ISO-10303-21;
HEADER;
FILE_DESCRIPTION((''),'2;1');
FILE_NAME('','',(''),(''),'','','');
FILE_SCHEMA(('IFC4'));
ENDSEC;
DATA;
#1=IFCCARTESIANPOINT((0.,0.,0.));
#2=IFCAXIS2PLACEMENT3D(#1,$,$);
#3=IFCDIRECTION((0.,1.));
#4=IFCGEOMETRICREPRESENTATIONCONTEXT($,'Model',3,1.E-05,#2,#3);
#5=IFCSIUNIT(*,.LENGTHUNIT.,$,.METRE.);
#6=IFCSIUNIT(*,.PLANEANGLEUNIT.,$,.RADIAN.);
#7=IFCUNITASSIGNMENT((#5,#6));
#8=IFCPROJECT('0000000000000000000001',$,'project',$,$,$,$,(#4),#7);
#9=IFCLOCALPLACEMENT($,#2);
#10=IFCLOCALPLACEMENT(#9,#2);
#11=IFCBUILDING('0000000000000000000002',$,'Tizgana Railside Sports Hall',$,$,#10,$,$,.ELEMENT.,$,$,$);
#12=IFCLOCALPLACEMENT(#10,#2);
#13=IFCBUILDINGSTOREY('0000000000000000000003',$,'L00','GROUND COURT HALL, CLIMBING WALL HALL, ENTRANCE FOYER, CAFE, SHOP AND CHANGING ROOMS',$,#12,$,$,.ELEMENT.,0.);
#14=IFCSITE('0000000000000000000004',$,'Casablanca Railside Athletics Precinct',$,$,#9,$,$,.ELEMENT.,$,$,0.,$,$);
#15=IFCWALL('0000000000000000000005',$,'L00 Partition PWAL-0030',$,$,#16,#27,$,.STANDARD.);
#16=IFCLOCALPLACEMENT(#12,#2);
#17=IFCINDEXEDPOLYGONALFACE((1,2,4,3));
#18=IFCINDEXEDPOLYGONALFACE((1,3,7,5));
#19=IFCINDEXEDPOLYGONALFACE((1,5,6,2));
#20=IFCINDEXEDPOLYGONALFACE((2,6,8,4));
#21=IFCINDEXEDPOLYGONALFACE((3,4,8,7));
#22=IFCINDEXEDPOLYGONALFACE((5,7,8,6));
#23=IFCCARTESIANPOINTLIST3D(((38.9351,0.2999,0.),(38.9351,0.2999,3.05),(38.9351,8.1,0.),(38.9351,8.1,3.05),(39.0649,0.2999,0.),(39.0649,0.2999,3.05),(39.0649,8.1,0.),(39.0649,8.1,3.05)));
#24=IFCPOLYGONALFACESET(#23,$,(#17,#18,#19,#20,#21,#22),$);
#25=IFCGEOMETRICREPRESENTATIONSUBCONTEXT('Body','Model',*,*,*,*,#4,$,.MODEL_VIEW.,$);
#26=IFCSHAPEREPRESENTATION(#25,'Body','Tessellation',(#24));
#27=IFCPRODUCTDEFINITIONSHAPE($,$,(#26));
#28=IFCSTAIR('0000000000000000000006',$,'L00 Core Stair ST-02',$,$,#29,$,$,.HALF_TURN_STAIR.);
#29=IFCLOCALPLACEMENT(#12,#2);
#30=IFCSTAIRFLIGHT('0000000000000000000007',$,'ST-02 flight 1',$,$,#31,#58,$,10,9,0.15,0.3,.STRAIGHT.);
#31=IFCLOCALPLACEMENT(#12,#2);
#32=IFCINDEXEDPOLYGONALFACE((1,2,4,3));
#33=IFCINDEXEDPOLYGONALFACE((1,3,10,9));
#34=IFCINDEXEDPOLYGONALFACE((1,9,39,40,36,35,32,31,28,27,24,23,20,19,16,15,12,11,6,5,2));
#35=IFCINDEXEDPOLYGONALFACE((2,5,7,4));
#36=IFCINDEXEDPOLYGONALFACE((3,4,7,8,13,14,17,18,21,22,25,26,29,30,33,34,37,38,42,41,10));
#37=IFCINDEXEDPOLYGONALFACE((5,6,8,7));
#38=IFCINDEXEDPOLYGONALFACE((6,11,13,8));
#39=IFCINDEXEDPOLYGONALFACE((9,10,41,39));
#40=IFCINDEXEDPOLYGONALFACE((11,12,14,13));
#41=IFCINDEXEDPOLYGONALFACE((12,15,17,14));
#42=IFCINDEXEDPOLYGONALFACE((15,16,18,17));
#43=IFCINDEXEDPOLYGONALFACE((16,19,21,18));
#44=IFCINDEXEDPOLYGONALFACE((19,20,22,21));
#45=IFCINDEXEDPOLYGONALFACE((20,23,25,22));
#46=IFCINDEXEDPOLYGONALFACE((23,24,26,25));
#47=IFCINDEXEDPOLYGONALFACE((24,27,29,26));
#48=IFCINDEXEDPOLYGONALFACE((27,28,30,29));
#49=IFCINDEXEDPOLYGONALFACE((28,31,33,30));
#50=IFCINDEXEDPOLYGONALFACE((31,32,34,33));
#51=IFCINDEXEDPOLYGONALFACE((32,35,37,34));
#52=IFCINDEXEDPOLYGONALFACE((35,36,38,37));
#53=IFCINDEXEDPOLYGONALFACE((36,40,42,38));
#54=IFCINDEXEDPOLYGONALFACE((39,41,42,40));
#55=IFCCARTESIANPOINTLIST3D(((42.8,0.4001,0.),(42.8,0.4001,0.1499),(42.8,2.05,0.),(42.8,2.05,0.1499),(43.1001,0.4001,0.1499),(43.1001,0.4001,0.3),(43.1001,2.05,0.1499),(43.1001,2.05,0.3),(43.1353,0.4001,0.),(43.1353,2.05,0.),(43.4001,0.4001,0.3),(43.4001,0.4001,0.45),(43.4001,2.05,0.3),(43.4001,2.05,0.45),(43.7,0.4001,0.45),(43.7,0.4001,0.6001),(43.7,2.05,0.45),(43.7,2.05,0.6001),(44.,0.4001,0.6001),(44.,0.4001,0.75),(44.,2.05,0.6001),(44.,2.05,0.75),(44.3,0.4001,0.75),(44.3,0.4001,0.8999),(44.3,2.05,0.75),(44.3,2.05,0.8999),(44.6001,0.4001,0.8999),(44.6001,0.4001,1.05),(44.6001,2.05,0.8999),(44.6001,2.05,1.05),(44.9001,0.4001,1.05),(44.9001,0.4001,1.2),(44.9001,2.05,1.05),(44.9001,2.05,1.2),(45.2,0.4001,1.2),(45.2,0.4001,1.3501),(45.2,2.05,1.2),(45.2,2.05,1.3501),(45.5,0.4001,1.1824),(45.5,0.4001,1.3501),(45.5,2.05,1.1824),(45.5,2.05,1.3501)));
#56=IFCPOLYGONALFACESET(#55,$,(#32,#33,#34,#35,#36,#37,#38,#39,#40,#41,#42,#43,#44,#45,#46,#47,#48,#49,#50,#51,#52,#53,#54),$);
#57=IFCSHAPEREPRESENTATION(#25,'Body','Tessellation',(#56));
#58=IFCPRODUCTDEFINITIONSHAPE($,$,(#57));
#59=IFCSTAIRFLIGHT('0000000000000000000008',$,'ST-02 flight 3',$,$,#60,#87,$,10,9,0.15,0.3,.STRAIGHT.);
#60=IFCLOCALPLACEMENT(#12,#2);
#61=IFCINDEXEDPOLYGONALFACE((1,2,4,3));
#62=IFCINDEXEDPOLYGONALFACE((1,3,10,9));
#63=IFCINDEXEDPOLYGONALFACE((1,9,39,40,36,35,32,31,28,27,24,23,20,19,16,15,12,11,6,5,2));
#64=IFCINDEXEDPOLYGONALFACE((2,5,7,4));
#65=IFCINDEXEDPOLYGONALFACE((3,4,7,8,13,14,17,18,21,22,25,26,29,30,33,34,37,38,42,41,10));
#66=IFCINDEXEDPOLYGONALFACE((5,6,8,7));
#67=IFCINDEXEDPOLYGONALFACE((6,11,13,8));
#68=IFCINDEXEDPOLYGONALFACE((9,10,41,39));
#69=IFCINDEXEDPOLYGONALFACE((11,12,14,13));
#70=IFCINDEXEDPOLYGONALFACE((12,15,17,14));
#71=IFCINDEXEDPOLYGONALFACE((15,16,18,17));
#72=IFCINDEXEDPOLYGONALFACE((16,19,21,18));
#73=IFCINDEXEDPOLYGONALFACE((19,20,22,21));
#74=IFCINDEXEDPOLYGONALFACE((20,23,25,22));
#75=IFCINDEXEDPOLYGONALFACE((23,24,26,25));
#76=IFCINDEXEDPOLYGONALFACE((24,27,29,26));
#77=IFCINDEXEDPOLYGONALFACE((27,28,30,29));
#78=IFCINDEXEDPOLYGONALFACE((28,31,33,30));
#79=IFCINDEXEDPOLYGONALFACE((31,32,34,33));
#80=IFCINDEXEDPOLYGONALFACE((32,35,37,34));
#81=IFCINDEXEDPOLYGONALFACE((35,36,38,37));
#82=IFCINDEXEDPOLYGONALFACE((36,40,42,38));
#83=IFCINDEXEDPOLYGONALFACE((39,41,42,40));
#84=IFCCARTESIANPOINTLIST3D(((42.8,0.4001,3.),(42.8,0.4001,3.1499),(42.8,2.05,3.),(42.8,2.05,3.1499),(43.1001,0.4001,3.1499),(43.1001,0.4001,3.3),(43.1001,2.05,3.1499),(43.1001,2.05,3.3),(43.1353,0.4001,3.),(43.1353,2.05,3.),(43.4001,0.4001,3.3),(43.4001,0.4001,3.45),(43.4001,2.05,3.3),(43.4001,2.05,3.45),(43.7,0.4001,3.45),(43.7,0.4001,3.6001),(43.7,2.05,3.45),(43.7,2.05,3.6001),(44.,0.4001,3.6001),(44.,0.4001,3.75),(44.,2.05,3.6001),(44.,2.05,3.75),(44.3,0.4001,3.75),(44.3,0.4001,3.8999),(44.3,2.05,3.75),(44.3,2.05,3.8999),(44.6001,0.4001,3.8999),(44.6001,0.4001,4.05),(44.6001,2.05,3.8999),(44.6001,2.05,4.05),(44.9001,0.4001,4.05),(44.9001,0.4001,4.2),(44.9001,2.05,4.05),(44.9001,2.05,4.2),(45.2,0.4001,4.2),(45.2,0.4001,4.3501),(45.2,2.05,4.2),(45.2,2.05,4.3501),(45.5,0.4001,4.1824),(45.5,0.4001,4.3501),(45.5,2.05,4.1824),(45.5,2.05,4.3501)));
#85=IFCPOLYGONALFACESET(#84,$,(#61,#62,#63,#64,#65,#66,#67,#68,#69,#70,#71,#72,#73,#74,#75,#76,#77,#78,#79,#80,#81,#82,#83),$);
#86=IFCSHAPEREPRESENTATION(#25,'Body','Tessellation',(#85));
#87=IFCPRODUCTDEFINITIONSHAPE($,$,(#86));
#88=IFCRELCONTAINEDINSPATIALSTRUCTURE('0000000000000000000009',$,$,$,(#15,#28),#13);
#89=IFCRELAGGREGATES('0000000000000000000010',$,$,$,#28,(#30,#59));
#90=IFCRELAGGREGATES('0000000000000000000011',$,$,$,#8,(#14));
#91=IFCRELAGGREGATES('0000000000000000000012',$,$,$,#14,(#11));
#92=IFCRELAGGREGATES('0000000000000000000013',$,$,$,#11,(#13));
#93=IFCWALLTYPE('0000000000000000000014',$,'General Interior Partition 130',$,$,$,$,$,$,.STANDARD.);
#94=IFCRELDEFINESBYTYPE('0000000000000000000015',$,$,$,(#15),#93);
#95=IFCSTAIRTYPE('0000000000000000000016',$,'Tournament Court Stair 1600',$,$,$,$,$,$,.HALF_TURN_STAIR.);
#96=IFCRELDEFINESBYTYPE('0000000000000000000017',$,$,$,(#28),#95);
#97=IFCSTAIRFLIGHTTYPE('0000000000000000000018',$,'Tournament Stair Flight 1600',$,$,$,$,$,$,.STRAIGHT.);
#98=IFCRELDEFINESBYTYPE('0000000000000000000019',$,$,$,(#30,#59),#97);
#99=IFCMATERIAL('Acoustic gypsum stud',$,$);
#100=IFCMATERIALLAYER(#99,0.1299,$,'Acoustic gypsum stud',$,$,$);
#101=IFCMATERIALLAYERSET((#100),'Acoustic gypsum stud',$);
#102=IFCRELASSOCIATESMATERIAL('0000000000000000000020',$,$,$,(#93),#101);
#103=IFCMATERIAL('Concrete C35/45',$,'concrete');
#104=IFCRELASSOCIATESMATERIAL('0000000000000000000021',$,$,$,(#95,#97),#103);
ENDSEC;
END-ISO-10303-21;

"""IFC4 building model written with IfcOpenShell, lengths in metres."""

from ifc_helpers import new_model, si_unit, direction, frame, frame_2d, origin, place, context, subcontext, project, spatial, polyline, rectangle, outline, extrude, material, layer, layer_set, type_object, element, aggregate, save


model = new_model("IFC4")

# Units and contexts
model_context = context("Model", 3, precision=1e-05, world=origin(), true_north=direction((0.0, 1.0)))
body_context = subcontext(model_context, "Body", "Model", "MODEL_VIEW")
ifc_project = project(units=[si_unit("LENGTHUNIT", "METRE"), si_unit("PLANEANGLEUNIT", "RADIAN")], contexts=[model_context])

# Site, building, storey
site_placement = place(None, origin())
site = spatial("IfcSite", under=ifc_project, at=site_placement, Name="Casablanca Railside Athletics Precinct", CompositionType="ELEMENT", RefElevation=0.0)
building_placement = place(site_placement, origin())
building = spatial("IfcBuilding", under=site, at=building_placement, Name="Tizgana Railside Sports Hall", CompositionType="ELEMENT")
storey_placement = place(building_placement, origin())
storey = spatial("IfcBuildingStorey", under=building, at=storey_placement, Name="L00", Description="GROUND COURT HALL, CLIMBING WALL HALL, ENTRANCE FOYER, CAFE, SHOP AND CHANGING ROOMS", CompositionType="ELEMENT", Elevation=0.0)

# Shared definitions
ifc_material_1 = material(Name="Concrete C35/45", Category="concrete")

# Wall
ifc_material_2 = material(Name="Acoustic gypsum stud")
ifc_layer_1 = layer(ifc_material_2, 0.1299, Name="Acoustic gypsum stud")
ifc_layer_set_1 = layer_set([ifc_layer_1], Name="Acoustic gypsum stud")
wall_type_1 = type_object("IfcWallType", Name="General Interior Partition 130", PredefinedType="STANDARD", material=ifc_layer_set_1)
wall_1_placement = place(storey_placement, frame((39.0, 0.3, 0.0), z_axis=(0.0, 0.0, 1.0), x_axis=(0.0, 1.0, 0.0)))
element("IfcWall", 1, at=wall_1_placement, inside=storey, type_object=wall_type_1, Name="L00 Partition PWAL-0030", PredefinedType="STANDARD", context=body_context, shape_type="SweptSolid", body=[
    extrude(rectangle(XDim=7.8, YDim=0.1299, at=frame_2d((3.8999, 0.0))), origin(), (0.0, 0.0, 1.0), 3.05),
])

# Stair, stair flights
stair_type = type_object("IfcStairType", Name="Tournament Court Stair 1600", PredefinedType="HALF_TURN_STAIR", material=ifc_material_1)
stair_placement = place(storey_placement, origin())
stair = element("IfcStair", 2, at=stair_placement, inside=storey, type_object=stair_type, Name="L00 Core Stair ST-02", PredefinedType="HALF_TURN_STAIR")
stair_flight_type = type_object("IfcStairFlightType", Name="Tournament Stair Flight 1600", PredefinedType="STRAIGHT", material=ifc_material_1)
stair_flight_1_placement = place(storey_placement, frame((42.8, 1.2251, 0.0), z_axis=(0.0, 0.0, 1.0), x_axis=(1.0, 0.0, 0.0)))
stair_flight_1 = element("IfcStairFlight", 3, at=stair_flight_1_placement, type_object=stair_flight_type, Name="ST-02 flight 1", NumberOfRisers=10, NumberOfTreads=9, PredefinedType="STRAIGHT", RiserHeight=0.15, TreadLength=0.3, context=body_context, shape_type="SweptSolid", body=[
    extrude(outline(polyline([(0.0, 0.0), (0.0, 0.1499), (0.3, 0.1499), (0.3, 0.3), (0.6001, 0.3), (0.6001, 0.45), (0.8999, 0.45), (0.8999, 0.6001), (1.2, 0.6001), (1.2, 0.75), (1.5, 0.75), (1.5, 0.8999), (1.8, 0.8999), (1.8, 1.05), (2.1001, 1.05), (2.1001, 1.2), (2.3999, 1.2), (2.3999, 1.3501), (2.7, 1.3501), (2.7, 1.5), (2.7, 1.1824), (0.3352, 0.0), (0.0, 0.0)])), frame((0.0, 0.825, 0.0), z_axis=(0.0, -1.0, 0.0), x_axis=(1.0, 0.0, 0.0)), (0.0, 0.0, 1.0), 1.6499),
])
stair_flight_2_placement = place(storey_placement, frame((42.8, 1.2251, 3.0), z_axis=(0.0, 0.0, 1.0), x_axis=(1.0, 0.0, 0.0)))
stair_flight_2 = element("IfcStairFlight", 4, at=stair_flight_2_placement, type_object=stair_flight_type, Name="ST-02 flight 3", NumberOfRisers=10, NumberOfTreads=9, PredefinedType="STRAIGHT", RiserHeight=0.15, TreadLength=0.3, context=body_context, shape_type="SweptSolid", body=[
    extrude(outline(polyline([(0.0, 0.0), (0.0, 0.1499), (0.3, 0.1499), (0.3, 0.3), (0.6001, 0.3), (0.6001, 0.45), (0.8999, 0.45), (0.8999, 0.6001), (1.2, 0.6001), (1.2, 0.75), (1.5, 0.75), (1.5, 0.8999), (1.8, 0.8999), (1.8, 1.05), (2.1001, 1.05), (2.1001, 1.2), (2.3999, 1.2), (2.3999, 1.3501), (2.7, 1.3501), (2.7, 1.5), (2.7, 1.1824), (0.3352, 0.0), (0.0, 0.0)])), frame((0.0, 0.825, 0.0), z_axis=(0.0, -1.0, 0.0), x_axis=(1.0, 0.0, 0.0)), (0.0, 0.0, 1.0), 1.6499),
])
aggregate(stair, [stair_flight_1, stair_flight_2])

save(model, "model.ifc")
